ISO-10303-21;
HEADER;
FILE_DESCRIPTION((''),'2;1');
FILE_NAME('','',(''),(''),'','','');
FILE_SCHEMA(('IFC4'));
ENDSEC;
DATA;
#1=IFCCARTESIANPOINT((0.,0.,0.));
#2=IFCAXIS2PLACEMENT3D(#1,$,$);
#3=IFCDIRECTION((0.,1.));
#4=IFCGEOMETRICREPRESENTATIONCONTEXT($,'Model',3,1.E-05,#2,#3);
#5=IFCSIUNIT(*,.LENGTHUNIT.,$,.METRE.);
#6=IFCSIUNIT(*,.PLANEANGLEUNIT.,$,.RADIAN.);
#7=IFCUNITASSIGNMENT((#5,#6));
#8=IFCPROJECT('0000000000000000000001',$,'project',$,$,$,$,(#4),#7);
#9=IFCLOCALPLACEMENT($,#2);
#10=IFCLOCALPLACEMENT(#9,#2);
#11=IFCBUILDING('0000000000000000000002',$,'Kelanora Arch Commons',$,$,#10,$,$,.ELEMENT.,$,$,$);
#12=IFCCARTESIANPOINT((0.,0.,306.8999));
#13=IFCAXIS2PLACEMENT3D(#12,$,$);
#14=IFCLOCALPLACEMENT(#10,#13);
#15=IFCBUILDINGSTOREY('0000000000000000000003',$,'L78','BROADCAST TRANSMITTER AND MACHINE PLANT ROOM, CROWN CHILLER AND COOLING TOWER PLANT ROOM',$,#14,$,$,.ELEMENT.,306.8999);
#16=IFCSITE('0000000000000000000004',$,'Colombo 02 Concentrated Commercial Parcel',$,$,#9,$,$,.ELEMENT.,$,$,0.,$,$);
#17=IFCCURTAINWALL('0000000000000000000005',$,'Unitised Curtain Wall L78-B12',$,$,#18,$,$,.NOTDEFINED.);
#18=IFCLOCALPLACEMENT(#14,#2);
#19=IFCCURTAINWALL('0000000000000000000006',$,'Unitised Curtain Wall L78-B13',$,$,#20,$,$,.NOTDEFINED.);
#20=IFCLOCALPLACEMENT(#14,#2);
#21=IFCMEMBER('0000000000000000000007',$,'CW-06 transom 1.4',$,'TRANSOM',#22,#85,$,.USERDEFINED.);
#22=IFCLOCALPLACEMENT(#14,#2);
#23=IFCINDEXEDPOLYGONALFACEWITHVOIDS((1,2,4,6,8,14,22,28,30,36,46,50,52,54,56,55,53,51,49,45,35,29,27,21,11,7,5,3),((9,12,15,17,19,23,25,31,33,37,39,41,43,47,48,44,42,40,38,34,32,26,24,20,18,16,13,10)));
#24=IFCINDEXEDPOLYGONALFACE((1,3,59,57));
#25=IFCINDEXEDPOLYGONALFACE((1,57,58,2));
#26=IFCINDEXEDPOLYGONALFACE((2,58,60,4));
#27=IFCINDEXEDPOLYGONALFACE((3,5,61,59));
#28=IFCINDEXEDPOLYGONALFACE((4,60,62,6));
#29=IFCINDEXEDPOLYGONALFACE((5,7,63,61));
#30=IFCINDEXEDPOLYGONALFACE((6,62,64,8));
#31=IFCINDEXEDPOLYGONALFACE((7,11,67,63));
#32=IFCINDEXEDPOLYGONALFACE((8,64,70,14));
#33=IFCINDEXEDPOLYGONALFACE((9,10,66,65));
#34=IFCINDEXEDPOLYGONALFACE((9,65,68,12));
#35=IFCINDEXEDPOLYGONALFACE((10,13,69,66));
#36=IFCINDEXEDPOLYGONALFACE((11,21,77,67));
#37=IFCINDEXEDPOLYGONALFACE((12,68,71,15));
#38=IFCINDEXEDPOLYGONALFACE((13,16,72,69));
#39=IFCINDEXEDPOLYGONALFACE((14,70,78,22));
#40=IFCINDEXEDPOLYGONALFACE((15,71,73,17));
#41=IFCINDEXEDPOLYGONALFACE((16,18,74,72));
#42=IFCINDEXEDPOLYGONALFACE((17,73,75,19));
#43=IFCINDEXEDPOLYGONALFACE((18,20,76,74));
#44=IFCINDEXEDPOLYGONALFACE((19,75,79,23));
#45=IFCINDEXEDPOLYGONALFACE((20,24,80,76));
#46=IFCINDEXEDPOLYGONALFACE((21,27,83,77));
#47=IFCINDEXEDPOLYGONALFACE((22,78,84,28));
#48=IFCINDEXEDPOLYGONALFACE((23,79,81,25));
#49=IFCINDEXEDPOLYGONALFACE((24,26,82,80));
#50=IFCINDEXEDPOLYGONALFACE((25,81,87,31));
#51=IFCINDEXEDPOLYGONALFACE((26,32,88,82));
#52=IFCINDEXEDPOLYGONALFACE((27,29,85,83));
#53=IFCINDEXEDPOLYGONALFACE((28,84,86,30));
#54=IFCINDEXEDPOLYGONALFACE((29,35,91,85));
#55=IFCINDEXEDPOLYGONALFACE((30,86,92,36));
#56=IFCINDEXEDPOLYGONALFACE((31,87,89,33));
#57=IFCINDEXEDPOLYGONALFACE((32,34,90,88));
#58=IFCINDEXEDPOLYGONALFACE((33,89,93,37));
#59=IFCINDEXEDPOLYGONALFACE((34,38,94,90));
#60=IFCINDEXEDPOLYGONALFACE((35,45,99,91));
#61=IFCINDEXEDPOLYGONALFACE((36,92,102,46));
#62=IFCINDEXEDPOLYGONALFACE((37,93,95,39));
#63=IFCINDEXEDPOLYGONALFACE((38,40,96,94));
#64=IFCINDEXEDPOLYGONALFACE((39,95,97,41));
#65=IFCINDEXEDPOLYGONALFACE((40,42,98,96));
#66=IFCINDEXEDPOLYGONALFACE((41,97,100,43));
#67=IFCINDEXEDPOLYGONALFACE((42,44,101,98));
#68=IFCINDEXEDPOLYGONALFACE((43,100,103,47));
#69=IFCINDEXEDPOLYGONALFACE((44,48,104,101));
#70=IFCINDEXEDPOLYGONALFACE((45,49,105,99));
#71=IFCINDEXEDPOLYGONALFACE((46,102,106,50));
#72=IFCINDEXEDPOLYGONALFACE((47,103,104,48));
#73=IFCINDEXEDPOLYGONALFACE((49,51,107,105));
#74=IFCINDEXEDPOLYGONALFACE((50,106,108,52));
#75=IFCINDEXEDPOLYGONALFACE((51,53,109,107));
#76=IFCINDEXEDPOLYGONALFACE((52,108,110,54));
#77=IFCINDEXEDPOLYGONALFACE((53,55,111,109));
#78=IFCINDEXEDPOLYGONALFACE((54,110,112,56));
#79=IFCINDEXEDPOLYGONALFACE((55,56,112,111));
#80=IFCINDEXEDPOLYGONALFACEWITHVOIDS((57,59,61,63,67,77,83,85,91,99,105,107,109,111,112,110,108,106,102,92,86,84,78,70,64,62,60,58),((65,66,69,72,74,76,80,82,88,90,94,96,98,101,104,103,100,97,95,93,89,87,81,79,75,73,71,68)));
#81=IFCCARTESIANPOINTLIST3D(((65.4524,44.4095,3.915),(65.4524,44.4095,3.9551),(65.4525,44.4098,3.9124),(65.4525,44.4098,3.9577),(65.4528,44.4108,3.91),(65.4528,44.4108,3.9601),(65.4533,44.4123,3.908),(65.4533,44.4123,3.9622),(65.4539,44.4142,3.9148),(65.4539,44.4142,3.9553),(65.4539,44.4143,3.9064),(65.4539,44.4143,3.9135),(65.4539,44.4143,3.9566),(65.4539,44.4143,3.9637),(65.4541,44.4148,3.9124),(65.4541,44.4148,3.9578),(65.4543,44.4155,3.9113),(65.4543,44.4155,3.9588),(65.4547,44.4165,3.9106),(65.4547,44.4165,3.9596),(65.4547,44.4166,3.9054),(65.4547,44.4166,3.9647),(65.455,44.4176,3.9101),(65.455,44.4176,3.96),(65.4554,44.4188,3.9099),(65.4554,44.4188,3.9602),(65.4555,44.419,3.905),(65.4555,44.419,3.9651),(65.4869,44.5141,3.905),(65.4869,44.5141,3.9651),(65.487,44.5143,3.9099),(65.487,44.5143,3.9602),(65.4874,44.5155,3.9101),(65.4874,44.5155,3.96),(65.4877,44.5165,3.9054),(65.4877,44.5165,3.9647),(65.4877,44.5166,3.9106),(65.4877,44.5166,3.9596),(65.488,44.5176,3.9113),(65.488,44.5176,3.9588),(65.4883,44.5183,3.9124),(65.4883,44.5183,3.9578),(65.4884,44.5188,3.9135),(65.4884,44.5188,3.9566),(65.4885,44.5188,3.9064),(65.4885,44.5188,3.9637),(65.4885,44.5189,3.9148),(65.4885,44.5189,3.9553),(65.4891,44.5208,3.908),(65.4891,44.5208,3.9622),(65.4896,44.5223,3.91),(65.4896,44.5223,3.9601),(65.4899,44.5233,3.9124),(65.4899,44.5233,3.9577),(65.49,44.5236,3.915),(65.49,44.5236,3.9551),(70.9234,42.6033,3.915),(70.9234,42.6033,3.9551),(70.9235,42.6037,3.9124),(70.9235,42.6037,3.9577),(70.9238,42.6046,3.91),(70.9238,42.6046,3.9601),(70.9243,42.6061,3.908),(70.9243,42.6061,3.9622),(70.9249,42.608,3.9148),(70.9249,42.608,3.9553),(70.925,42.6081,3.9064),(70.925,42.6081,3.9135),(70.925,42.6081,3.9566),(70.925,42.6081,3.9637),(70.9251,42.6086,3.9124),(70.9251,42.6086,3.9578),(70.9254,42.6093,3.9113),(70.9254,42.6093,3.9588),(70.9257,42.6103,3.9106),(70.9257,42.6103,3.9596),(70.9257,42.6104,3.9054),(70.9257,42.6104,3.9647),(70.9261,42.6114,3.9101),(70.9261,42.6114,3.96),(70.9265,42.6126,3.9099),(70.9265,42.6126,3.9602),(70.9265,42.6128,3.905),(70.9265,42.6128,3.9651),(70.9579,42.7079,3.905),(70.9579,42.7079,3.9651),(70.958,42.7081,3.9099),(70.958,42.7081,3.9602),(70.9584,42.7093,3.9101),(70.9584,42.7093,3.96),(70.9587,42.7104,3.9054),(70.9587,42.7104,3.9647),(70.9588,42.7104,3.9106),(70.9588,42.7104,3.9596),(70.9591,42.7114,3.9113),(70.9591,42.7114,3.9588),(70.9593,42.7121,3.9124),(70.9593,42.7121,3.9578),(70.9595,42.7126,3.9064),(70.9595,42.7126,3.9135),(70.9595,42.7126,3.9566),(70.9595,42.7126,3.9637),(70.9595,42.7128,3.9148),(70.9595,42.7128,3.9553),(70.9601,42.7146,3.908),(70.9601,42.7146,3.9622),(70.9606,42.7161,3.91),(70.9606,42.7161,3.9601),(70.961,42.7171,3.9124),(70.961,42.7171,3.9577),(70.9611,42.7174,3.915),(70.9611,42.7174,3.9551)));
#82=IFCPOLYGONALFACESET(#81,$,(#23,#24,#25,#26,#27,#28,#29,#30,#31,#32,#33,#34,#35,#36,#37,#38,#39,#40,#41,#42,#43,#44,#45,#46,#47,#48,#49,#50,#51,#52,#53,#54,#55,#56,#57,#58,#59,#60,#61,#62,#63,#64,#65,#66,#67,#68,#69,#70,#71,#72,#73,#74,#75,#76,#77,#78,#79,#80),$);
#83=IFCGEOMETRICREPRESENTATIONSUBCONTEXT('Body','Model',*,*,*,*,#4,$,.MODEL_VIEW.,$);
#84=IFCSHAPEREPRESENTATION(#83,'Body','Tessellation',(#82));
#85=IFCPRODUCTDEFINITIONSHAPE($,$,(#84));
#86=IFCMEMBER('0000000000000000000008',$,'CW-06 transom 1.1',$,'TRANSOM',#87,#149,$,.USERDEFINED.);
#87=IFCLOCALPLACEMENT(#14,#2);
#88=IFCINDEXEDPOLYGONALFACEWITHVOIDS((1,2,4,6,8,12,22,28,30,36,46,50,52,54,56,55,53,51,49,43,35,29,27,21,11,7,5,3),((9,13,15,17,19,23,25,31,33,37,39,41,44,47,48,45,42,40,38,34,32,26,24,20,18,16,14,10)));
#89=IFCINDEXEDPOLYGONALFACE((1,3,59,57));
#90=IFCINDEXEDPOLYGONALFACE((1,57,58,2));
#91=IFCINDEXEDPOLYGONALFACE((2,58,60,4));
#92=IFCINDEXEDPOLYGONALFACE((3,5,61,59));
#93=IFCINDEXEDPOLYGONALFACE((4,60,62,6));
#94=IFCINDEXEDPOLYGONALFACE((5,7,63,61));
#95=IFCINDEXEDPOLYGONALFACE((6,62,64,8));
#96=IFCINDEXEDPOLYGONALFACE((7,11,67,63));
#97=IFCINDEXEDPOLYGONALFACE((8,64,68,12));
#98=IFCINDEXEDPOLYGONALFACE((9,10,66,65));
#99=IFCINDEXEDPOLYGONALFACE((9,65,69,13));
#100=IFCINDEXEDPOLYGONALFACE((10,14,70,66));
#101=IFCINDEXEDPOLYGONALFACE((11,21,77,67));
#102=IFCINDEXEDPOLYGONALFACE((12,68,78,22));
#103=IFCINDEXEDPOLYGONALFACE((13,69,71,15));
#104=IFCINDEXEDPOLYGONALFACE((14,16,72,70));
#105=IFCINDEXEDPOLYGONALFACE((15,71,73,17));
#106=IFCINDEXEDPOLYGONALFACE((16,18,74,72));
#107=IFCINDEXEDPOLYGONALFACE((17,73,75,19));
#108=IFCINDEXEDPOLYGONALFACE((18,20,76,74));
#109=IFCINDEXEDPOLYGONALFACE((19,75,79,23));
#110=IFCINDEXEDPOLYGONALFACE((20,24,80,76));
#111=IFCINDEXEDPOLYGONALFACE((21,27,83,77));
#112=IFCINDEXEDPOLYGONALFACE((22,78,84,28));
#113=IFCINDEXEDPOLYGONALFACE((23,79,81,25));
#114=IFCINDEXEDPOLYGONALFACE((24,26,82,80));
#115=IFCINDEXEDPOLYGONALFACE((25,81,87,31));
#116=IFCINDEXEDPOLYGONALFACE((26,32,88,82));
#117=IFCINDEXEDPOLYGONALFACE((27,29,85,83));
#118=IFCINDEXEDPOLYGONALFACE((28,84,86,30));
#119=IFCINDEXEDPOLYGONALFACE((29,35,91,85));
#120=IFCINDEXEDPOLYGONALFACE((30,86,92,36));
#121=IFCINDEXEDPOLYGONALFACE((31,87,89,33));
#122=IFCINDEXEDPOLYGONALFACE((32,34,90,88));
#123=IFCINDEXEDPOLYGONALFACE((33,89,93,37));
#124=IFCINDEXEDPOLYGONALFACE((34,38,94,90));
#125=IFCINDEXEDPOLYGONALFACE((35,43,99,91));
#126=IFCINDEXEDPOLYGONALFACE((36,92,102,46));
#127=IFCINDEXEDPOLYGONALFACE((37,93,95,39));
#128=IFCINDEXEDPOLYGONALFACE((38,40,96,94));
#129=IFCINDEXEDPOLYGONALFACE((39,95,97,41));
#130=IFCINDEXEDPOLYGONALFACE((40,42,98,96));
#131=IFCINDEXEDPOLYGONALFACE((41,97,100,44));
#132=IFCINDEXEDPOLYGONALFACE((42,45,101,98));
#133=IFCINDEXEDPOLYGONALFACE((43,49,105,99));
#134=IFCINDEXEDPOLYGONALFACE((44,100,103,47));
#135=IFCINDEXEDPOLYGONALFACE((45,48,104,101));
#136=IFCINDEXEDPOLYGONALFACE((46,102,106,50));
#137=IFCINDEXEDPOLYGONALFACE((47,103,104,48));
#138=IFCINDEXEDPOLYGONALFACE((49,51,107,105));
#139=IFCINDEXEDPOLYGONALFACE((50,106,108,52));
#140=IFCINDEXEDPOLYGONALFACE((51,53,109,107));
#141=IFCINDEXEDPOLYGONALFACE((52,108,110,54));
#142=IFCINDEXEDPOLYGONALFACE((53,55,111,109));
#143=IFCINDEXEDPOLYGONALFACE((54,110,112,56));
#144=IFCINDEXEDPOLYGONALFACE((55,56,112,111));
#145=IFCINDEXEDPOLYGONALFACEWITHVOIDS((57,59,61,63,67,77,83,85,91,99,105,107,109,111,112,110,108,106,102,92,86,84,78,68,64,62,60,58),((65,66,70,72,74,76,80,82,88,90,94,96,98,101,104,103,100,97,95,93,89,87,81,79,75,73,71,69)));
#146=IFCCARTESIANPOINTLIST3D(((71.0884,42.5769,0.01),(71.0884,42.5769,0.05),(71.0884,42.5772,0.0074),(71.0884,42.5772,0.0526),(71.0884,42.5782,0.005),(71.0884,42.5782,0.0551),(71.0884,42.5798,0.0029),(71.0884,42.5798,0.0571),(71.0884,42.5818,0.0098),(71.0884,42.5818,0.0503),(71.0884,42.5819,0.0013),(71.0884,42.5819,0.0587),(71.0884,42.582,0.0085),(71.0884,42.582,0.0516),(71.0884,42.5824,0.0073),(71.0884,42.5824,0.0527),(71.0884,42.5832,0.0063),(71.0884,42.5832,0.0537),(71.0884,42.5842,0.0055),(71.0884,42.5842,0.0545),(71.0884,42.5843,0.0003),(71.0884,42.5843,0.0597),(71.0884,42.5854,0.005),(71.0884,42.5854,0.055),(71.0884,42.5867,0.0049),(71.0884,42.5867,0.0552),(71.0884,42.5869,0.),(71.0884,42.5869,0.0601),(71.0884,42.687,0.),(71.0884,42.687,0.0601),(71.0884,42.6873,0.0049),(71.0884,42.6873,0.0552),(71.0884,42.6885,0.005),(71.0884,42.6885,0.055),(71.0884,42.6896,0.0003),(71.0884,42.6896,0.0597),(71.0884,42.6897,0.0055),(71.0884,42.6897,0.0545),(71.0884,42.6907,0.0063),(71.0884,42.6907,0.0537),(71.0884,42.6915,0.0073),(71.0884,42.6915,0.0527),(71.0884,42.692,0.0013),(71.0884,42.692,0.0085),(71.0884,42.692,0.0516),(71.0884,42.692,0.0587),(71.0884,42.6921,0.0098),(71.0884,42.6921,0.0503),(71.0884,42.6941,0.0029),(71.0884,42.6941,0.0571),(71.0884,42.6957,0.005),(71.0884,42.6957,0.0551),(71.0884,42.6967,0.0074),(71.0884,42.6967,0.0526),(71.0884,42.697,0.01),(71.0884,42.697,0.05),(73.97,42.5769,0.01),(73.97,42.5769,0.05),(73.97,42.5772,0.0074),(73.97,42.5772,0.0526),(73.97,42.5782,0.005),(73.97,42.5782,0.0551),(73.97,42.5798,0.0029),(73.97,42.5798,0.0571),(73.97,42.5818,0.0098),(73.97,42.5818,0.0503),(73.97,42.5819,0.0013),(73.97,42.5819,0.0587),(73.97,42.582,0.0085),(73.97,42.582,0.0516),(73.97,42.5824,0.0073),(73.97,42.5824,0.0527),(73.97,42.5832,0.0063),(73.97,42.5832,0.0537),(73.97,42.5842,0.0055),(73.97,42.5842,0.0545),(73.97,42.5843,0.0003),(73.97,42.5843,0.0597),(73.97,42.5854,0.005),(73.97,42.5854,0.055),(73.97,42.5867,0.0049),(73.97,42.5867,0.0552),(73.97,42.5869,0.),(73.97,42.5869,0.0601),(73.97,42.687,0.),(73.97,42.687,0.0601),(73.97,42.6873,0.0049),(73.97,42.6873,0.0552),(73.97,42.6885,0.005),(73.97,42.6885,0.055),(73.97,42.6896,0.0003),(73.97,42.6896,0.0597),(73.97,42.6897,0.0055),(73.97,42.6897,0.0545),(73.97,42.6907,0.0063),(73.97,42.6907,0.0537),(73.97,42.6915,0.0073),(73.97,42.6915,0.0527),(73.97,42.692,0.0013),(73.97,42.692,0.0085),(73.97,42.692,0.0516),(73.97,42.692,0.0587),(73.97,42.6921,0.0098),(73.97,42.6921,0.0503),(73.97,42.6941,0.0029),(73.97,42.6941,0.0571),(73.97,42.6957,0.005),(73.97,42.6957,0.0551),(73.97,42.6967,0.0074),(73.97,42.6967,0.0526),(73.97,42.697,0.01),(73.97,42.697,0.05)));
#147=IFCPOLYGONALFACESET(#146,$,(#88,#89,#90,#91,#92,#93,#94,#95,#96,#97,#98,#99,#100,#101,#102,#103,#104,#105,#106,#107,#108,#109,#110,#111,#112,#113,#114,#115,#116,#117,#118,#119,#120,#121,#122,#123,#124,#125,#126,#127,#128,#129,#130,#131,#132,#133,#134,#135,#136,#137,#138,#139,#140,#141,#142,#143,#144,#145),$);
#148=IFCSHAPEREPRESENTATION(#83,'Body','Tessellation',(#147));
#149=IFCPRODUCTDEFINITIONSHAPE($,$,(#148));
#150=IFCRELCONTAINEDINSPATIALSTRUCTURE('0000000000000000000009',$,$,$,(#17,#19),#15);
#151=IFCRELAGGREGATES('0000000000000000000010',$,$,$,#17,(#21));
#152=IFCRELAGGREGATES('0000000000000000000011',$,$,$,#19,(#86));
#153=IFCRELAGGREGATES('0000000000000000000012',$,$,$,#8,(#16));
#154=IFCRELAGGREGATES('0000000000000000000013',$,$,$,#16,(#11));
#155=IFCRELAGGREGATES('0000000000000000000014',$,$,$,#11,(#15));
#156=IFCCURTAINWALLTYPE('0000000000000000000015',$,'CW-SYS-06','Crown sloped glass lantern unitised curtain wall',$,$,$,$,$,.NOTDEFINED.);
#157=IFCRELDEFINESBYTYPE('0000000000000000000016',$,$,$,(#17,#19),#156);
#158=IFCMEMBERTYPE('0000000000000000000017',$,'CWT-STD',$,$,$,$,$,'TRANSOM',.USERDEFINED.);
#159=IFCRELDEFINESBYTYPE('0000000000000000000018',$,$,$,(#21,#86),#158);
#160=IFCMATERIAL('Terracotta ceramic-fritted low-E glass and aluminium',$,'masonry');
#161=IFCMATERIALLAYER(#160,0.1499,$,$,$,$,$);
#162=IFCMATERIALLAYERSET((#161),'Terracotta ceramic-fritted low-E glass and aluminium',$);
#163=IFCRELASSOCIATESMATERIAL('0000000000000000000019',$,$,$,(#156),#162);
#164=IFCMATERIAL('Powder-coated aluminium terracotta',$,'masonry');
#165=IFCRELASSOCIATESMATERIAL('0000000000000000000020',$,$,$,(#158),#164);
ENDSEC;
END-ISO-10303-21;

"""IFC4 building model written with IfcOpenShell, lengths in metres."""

from ifc_helpers import new_model, si_unit, direction, frame, origin, origin_2d, place, context, subcontext, project, spatial, hollow_rectangle, extrude, material, layer, layer_set, material_profile, profile_set, type_object, element, aggregate, save


model = new_model("IFC4")

# Units and contexts
model_context = context("Model", 3, precision=1e-05, world=origin(), true_north=direction((0.0, 1.0)))
body_context = subcontext(model_context, "Body", "Model", "MODEL_VIEW")
ifc_project = project(units=[si_unit("LENGTHUNIT", "METRE"), si_unit("PLANEANGLEUNIT", "RADIAN")], contexts=[model_context])

# Site, building, storey
site_placement = place(None, origin())
site = spatial("IfcSite", under=ifc_project, at=site_placement, Name="Colombo 02 Concentrated Commercial Parcel", CompositionType="ELEMENT", RefElevation=0.0)
building_placement = place(site_placement, origin())
building = spatial("IfcBuilding", under=site, at=building_placement, Name="Kelanora Arch Commons", CompositionType="ELEMENT")
storey_placement = place(building_placement, frame((0.0, 0.0, 306.8999)))
storey = spatial("IfcBuildingStorey", under=building, at=storey_placement, Name="L78", Description="BROADCAST TRANSMITTER AND MACHINE PLANT ROOM, CROWN CHILLER AND COOLING TOWER PLANT ROOM", CompositionType="ELEMENT", Elevation=306.8999)

# Curtain wall
ifc_material_1 = material(Name="Terracotta ceramic-fritted low-E glass and aluminium", Category="masonry")
ifc_layer_1 = layer(ifc_material_1, 0.1499)
ifc_layer_set_1 = layer_set([ifc_layer_1], Name="Terracotta ceramic-fritted low-E glass and aluminium")
curtain_wall_type = type_object("IfcCurtainWallType", Name="CW-SYS-06", Description="Crown sloped glass lantern unitised curtain wall", PredefinedType="NOTDEFINED", material=ifc_layer_set_1)
curtain_wall_1_placement = place(storey_placement, origin())
curtain_wall_1 = element("IfcCurtainWall", 1, at=curtain_wall_1_placement, inside=storey, type_object=curtain_wall_type, Name="Unitised Curtain Wall L78-B12", PredefinedType="NOTDEFINED")
ifc_material_2 = material(Name="Powder-coated aluminium terracotta", Category="masonry")

# Curtain wall
curtain_wall_2_placement = place(storey_placement, origin())
curtain_wall_2 = element("IfcCurtainWall", 2, at=curtain_wall_2_placement, inside=storey, type_object=curtain_wall_type, Name="Unitised Curtain Wall L78-B13", PredefinedType="NOTDEFINED")

# Members
ifc_material_profile_1 = material_profile(ifc_material_2, hollow_rectangle(XDim=0.1201, YDim=0.0601, WallThickness=0.0049, InnerFilletRadius=0.0049, OuterFilletRadius=0.01, at=origin_2d()), Name="CWT120x60")
ifc_profile_set_1 = profile_set([ifc_material_profile_1], Name="Powder-coated aluminium terracotta")
member_type_1 = type_object("IfcMemberType", Name="CWT-STD", ElementType="TRANSOM", PredefinedType="USERDEFINED", material=ifc_profile_set_1)
member_1_placement = place(storey_placement, frame((65.4712, 44.4666, 3.9351), z_axis=(0.94959, -0.313493, 0.0), x_axis=(0.313493, 0.94959, 0.0)))
member_1 = element("IfcMember", 3, at=member_1_placement, type_object=member_type_1, Name="CW-06 transom 1.4", ObjectType="TRANSOM", PredefinedType="USERDEFINED", context=body_context, shape_type="SweptSolid", body=[
    extrude(hollow_rectangle(XDim=0.1201, YDim=0.0601, WallThickness=0.0049, InnerFilletRadius=0.0049, OuterFilletRadius=0.01, at=origin_2d()), origin(), (0.0, 0.0, 1.0), 5.7615),
])
member_2_placement = place(storey_placement, frame((71.0884, 42.637, 0.03), z_axis=(1.0, 0.0, 0.0), x_axis=(0.0, 1.0, 0.0)))
member_2 = element("IfcMember", 4, at=member_2_placement, type_object=member_type_1, Name="CW-06 transom 1.1", ObjectType="TRANSOM", PredefinedType="USERDEFINED", context=body_context, shape_type="SweptSolid", body=[
    extrude(hollow_rectangle(XDim=0.1201, YDim=0.0601, WallThickness=0.0049, InnerFilletRadius=0.0049, OuterFilletRadius=0.01, at=origin_2d()), origin(), (0.0, 0.0, 1.0), 2.8816),
])

aggregate(curtain_wall_1, [member_1])
aggregate(curtain_wall_2, [member_2])

save(model, "model.ifc")
